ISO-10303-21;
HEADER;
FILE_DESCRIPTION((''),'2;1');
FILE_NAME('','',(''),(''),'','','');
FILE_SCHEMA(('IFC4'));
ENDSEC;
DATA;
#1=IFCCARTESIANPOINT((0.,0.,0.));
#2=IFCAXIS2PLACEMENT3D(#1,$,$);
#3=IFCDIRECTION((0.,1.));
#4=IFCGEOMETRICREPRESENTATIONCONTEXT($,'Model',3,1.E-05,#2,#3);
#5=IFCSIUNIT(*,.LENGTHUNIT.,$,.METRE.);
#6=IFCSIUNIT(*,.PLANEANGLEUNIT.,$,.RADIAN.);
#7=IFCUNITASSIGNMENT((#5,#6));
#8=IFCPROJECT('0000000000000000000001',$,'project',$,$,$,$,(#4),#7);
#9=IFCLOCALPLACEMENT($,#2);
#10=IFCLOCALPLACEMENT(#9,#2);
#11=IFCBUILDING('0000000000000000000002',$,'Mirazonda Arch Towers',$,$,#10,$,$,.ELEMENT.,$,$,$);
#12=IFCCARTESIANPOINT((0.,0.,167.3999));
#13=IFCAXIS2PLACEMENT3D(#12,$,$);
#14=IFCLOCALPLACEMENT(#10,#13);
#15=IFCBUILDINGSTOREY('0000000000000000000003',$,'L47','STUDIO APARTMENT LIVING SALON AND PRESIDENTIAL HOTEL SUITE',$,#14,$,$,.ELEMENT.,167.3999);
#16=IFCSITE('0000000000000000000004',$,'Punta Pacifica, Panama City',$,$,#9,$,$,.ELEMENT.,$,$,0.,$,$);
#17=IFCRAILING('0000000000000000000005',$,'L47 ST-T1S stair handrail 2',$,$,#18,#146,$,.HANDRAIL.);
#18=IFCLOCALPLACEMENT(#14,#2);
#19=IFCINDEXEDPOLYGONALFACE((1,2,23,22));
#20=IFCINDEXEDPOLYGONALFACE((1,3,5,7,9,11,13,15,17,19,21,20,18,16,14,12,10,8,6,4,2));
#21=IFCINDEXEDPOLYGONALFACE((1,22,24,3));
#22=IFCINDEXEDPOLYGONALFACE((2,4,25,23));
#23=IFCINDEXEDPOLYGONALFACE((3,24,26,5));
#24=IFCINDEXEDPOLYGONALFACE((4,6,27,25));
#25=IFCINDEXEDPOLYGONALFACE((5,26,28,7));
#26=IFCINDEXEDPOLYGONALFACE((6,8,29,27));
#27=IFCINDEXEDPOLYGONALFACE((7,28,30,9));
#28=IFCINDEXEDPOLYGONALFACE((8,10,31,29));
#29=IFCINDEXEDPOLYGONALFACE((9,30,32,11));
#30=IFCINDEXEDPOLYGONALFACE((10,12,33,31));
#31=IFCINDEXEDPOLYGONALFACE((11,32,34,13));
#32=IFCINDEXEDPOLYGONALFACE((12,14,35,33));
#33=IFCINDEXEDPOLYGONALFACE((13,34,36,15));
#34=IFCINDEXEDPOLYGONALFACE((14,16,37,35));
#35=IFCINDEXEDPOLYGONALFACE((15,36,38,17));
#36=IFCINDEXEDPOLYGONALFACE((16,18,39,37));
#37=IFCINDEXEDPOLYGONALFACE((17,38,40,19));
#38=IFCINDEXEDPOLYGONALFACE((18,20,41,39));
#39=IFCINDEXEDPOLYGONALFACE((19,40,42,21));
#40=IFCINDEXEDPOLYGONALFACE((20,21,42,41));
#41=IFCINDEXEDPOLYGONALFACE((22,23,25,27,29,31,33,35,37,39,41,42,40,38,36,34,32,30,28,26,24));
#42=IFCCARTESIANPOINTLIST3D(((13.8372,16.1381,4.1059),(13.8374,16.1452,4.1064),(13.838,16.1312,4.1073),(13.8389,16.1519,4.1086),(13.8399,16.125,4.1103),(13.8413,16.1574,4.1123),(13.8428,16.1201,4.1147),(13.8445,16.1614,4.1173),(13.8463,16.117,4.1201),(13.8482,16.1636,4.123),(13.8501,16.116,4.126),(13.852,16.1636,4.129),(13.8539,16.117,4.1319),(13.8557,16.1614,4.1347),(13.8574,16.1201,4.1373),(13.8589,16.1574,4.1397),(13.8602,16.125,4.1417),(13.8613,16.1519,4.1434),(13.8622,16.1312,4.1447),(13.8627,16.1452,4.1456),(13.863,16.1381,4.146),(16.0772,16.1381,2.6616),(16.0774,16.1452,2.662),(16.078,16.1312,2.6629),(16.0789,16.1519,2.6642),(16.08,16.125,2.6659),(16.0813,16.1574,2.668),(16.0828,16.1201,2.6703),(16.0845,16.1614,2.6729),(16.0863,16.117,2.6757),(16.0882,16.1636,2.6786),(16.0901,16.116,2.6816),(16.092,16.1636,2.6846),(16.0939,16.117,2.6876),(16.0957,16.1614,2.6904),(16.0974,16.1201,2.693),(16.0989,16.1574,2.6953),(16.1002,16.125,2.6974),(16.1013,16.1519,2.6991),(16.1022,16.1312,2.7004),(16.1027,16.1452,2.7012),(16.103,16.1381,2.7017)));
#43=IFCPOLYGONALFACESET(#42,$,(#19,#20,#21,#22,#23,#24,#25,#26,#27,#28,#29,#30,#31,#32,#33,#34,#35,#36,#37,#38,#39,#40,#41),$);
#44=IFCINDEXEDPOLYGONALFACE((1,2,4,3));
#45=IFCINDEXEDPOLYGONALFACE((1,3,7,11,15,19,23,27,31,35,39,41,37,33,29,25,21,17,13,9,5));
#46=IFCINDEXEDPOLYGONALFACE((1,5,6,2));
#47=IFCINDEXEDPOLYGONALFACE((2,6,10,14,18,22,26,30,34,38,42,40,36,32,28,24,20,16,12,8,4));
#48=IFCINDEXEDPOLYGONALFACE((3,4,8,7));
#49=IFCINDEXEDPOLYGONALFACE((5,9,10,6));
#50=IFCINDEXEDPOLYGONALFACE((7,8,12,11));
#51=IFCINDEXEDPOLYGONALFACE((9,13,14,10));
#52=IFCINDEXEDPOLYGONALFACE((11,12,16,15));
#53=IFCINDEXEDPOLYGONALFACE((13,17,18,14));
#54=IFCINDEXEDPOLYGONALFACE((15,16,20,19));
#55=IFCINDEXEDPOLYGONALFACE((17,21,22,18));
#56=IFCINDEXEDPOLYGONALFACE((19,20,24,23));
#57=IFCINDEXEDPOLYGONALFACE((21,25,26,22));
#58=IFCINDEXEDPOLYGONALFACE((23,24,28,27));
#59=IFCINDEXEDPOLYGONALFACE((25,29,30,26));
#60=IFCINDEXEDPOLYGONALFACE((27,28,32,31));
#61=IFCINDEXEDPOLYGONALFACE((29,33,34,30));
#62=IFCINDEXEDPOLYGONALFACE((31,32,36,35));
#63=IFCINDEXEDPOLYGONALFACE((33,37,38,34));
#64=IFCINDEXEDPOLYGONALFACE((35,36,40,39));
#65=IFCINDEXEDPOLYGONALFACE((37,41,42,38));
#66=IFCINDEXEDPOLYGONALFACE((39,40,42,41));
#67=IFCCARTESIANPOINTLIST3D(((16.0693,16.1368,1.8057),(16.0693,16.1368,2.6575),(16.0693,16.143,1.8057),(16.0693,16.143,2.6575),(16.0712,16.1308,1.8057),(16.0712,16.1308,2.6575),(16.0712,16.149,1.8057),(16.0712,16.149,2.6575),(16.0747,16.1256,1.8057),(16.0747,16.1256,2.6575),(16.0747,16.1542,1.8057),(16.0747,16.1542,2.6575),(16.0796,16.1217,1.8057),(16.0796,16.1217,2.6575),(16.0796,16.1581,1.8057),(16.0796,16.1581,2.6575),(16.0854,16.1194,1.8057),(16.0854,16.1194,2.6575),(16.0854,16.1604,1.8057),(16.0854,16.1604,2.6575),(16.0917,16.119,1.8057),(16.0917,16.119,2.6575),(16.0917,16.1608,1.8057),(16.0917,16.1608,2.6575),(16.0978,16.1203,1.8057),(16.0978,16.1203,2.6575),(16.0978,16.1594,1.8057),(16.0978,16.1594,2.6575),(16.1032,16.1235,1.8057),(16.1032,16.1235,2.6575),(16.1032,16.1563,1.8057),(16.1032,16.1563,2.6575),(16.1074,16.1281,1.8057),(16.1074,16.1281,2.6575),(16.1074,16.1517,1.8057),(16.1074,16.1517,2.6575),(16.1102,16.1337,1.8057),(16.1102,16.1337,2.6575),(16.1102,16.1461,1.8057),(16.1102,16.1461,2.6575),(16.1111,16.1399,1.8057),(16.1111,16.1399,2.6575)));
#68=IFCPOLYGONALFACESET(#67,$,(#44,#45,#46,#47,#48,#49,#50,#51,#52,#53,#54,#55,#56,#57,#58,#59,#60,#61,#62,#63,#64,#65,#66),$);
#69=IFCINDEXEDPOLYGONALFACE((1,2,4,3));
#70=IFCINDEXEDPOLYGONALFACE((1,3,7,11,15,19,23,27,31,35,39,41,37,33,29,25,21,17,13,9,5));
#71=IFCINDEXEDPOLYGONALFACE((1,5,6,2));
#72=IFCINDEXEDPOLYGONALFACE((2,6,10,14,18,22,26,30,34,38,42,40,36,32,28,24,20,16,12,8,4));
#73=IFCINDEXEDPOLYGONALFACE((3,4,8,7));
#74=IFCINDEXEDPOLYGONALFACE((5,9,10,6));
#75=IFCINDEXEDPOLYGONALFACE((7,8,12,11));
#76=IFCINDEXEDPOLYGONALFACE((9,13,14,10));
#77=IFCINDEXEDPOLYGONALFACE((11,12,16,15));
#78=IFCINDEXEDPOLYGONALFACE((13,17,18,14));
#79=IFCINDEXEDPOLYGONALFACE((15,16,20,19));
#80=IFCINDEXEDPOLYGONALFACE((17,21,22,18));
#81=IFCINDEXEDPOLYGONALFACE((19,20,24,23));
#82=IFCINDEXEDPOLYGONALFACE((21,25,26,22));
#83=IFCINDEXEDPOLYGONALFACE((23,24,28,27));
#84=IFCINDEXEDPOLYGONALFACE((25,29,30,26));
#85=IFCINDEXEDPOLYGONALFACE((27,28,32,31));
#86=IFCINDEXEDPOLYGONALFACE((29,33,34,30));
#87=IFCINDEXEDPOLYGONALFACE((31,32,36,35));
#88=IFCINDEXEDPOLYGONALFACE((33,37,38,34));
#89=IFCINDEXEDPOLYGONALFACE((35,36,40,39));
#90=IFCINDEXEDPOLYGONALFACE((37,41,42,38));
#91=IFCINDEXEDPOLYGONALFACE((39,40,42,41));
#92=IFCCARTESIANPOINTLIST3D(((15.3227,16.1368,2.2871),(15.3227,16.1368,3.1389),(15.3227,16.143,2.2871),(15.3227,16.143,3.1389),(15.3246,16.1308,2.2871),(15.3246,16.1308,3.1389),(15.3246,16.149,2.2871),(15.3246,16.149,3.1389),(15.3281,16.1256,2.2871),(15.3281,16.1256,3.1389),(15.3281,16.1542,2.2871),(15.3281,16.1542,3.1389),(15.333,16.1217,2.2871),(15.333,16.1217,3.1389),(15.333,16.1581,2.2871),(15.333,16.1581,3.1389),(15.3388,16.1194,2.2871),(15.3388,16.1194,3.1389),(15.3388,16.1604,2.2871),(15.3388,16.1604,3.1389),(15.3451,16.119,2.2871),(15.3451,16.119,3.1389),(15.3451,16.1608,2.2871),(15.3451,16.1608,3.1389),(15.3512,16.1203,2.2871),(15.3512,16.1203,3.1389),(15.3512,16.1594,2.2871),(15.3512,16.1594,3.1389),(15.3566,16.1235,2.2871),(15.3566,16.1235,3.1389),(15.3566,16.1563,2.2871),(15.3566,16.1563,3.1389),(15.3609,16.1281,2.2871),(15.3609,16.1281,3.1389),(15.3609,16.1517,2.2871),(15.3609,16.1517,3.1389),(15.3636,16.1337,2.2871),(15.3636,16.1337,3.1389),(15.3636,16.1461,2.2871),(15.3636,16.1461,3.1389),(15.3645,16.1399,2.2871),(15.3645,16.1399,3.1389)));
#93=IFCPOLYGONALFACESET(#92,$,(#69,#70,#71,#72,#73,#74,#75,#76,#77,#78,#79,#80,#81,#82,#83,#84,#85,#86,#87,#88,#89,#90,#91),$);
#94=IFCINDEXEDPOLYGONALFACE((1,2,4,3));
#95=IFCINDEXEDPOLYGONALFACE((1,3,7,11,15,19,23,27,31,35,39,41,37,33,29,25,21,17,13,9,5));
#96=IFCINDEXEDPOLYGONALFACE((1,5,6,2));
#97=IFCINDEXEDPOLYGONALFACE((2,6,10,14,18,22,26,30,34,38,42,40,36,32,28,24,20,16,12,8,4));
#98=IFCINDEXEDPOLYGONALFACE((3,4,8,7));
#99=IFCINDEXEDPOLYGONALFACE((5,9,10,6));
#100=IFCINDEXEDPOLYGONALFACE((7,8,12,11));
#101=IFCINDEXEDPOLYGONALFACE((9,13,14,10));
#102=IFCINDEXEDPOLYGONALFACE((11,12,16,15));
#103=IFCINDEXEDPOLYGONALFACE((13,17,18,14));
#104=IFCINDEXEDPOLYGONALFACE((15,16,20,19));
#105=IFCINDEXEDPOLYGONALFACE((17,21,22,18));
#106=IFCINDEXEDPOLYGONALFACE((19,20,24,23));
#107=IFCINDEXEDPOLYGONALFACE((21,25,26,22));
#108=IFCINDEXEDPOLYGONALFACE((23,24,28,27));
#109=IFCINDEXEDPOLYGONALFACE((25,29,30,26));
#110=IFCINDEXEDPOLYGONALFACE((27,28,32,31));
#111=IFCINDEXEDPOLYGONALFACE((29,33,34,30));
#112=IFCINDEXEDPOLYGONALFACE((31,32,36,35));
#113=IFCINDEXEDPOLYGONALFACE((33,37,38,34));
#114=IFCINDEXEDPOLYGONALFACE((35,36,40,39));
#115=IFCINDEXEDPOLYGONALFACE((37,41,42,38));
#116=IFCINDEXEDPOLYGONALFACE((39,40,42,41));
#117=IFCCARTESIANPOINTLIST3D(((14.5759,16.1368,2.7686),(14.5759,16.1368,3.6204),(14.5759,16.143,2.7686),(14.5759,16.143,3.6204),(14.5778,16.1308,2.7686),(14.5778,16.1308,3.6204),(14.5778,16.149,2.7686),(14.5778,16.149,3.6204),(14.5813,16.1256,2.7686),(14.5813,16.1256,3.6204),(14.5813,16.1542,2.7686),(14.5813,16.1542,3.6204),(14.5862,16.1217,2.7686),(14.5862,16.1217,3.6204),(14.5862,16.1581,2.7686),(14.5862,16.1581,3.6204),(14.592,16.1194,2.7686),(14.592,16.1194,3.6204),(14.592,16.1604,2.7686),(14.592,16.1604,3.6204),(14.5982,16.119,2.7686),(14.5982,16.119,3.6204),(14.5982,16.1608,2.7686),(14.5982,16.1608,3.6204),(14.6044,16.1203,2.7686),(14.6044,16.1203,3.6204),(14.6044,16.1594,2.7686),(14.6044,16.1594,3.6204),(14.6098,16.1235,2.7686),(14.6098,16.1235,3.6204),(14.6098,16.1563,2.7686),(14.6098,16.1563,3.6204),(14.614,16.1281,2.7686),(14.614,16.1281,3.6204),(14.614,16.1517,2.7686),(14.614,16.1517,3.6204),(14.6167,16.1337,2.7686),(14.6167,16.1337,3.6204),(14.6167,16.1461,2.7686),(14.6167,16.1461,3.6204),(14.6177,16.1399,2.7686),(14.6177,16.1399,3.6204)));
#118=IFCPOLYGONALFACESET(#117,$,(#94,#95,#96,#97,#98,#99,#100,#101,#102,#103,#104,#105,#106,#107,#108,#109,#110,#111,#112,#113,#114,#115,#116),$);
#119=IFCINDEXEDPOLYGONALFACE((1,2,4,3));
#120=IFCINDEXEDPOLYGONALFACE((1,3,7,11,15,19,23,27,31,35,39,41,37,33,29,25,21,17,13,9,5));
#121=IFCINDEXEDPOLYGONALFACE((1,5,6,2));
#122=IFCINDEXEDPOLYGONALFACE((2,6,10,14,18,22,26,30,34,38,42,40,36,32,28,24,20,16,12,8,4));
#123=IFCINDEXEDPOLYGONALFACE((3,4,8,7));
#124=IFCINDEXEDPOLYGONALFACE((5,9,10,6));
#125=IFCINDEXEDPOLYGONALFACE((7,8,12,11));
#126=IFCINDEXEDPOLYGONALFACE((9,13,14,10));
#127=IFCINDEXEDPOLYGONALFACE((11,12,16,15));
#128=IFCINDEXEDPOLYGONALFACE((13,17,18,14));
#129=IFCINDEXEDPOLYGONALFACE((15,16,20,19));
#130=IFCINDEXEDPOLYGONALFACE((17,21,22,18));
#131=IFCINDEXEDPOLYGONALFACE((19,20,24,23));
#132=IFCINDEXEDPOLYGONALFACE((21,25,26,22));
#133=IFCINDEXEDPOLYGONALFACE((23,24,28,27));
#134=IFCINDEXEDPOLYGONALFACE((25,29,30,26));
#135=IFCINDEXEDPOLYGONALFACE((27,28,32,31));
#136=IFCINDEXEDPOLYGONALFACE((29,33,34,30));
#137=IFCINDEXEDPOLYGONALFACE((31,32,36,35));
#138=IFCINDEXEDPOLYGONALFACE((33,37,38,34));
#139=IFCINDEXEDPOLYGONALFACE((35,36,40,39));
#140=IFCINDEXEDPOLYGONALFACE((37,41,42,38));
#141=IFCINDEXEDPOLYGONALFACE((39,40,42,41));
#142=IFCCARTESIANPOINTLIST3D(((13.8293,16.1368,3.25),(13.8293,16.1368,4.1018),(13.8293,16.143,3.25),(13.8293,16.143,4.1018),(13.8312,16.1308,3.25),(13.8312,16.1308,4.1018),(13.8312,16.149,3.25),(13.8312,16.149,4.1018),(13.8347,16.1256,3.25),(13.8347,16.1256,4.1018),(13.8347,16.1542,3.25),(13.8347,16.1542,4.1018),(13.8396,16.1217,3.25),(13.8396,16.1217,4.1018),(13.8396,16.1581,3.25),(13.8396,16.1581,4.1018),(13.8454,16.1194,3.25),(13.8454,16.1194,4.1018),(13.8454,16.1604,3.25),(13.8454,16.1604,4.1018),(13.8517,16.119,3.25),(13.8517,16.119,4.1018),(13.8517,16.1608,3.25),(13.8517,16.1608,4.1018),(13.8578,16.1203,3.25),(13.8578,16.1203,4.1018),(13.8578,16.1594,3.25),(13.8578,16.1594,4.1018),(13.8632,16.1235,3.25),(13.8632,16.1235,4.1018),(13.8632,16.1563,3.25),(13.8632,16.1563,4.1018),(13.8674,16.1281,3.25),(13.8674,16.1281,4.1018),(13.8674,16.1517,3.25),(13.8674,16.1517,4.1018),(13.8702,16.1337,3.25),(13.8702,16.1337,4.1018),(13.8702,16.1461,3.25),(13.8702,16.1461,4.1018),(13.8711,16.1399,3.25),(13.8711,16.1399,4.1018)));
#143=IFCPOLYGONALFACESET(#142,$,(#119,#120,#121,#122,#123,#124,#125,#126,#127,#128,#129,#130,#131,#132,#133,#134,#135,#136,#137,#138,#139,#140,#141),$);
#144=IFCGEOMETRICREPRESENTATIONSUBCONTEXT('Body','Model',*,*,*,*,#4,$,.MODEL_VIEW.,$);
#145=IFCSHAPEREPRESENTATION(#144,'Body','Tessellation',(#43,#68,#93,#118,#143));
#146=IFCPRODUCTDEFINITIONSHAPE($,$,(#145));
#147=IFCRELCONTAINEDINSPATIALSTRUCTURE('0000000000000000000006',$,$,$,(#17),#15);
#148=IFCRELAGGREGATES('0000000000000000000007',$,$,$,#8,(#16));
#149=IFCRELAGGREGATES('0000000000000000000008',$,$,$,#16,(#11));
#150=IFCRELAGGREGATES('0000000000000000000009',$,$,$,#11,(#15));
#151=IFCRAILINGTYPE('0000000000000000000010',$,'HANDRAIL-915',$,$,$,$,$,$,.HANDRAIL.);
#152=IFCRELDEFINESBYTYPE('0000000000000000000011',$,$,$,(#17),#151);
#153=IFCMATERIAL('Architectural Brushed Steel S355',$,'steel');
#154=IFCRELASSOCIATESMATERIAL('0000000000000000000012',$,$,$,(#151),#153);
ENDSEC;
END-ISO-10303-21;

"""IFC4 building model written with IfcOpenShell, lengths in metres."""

from ifc_helpers import new_model, si_unit, direction, frame, origin, origin_2d, place, context, subcontext, project, spatial, circle, extrude, material, type_object, element, save


model = new_model("IFC4")

# Units and contexts
model_context = context("Model", 3, precision=1e-05, world=origin(), true_north=direction((0.0, 1.0)))
body_context = subcontext(model_context, "Body", "Model", "MODEL_VIEW")
ifc_project = project(units=[si_unit("LENGTHUNIT", "METRE"), si_unit("PLANEANGLEUNIT", "RADIAN")], contexts=[model_context])

# Site, building, storey
site_placement = place(None, origin())
site = spatial("IfcSite", under=ifc_project, at=site_placement, Name="Punta Pacifica, Panama City", CompositionType="ELEMENT", RefElevation=0.0)
building_placement = place(site_placement, origin())
building = spatial("IfcBuilding", under=site, at=building_placement, Name="Mirazonda Arch Towers", CompositionType="ELEMENT")
storey_placement = place(building_placement, frame((0.0, 0.0, 167.3999)))
storey = spatial("IfcBuildingStorey", under=building, at=storey_placement, Name="L47", Description="STUDIO APARTMENT LIVING SALON AND PRESIDENTIAL HOTEL SUITE", CompositionType="ELEMENT", Elevation=167.3999)

# Shared definitions
ifc_material_1 = material(Name="Architectural Brushed Steel S355", Category="steel")

# Railing
railing_type_1 = type_object("IfcRailingType", Name="HANDRAIL-915", PredefinedType="HANDRAIL", material=ifc_material_1)
railing_1_placement = place(storey_placement, frame((16.0901, 16.1399, 1.8057)))
element("IfcRailing", 1, at=railing_1_placement, inside=storey, type_object=railing_type_1, Name="L47 ST-T1S stair handrail 2", PredefinedType="HANDRAIL", context=body_context, shape_type="SweptSolid", body=[
    extrude(circle(Radius=0.0239, at=origin_2d()), frame((0.0, 0.0, 0.876), z_axis=(-0.840437, 0.0, 0.54191), x_axis=(0.0, -1.0, 0.0)), (0.0, 0.0, 1.0), 2.6653),
    extrude(circle(Radius=0.021, at=origin_2d()), origin(), (0.0, 0.0, 1.0), 0.8518),
    extrude(circle(Radius=0.021, at=origin_2d()), frame((-0.7466, 0.0, 0.4814)), (0.0, 0.0, 1.0), 0.8518),
    extrude(circle(Radius=0.021, at=origin_2d()), frame((-1.4934, 0.0, 0.9629)), (0.0, 0.0, 1.0), 0.8518),
    extrude(circle(Radius=0.021, at=origin_2d()), frame((-2.24, 0.0, 1.4443)), (0.0, 0.0, 1.0), 0.8518),
])

save(model, "model.ifc")
